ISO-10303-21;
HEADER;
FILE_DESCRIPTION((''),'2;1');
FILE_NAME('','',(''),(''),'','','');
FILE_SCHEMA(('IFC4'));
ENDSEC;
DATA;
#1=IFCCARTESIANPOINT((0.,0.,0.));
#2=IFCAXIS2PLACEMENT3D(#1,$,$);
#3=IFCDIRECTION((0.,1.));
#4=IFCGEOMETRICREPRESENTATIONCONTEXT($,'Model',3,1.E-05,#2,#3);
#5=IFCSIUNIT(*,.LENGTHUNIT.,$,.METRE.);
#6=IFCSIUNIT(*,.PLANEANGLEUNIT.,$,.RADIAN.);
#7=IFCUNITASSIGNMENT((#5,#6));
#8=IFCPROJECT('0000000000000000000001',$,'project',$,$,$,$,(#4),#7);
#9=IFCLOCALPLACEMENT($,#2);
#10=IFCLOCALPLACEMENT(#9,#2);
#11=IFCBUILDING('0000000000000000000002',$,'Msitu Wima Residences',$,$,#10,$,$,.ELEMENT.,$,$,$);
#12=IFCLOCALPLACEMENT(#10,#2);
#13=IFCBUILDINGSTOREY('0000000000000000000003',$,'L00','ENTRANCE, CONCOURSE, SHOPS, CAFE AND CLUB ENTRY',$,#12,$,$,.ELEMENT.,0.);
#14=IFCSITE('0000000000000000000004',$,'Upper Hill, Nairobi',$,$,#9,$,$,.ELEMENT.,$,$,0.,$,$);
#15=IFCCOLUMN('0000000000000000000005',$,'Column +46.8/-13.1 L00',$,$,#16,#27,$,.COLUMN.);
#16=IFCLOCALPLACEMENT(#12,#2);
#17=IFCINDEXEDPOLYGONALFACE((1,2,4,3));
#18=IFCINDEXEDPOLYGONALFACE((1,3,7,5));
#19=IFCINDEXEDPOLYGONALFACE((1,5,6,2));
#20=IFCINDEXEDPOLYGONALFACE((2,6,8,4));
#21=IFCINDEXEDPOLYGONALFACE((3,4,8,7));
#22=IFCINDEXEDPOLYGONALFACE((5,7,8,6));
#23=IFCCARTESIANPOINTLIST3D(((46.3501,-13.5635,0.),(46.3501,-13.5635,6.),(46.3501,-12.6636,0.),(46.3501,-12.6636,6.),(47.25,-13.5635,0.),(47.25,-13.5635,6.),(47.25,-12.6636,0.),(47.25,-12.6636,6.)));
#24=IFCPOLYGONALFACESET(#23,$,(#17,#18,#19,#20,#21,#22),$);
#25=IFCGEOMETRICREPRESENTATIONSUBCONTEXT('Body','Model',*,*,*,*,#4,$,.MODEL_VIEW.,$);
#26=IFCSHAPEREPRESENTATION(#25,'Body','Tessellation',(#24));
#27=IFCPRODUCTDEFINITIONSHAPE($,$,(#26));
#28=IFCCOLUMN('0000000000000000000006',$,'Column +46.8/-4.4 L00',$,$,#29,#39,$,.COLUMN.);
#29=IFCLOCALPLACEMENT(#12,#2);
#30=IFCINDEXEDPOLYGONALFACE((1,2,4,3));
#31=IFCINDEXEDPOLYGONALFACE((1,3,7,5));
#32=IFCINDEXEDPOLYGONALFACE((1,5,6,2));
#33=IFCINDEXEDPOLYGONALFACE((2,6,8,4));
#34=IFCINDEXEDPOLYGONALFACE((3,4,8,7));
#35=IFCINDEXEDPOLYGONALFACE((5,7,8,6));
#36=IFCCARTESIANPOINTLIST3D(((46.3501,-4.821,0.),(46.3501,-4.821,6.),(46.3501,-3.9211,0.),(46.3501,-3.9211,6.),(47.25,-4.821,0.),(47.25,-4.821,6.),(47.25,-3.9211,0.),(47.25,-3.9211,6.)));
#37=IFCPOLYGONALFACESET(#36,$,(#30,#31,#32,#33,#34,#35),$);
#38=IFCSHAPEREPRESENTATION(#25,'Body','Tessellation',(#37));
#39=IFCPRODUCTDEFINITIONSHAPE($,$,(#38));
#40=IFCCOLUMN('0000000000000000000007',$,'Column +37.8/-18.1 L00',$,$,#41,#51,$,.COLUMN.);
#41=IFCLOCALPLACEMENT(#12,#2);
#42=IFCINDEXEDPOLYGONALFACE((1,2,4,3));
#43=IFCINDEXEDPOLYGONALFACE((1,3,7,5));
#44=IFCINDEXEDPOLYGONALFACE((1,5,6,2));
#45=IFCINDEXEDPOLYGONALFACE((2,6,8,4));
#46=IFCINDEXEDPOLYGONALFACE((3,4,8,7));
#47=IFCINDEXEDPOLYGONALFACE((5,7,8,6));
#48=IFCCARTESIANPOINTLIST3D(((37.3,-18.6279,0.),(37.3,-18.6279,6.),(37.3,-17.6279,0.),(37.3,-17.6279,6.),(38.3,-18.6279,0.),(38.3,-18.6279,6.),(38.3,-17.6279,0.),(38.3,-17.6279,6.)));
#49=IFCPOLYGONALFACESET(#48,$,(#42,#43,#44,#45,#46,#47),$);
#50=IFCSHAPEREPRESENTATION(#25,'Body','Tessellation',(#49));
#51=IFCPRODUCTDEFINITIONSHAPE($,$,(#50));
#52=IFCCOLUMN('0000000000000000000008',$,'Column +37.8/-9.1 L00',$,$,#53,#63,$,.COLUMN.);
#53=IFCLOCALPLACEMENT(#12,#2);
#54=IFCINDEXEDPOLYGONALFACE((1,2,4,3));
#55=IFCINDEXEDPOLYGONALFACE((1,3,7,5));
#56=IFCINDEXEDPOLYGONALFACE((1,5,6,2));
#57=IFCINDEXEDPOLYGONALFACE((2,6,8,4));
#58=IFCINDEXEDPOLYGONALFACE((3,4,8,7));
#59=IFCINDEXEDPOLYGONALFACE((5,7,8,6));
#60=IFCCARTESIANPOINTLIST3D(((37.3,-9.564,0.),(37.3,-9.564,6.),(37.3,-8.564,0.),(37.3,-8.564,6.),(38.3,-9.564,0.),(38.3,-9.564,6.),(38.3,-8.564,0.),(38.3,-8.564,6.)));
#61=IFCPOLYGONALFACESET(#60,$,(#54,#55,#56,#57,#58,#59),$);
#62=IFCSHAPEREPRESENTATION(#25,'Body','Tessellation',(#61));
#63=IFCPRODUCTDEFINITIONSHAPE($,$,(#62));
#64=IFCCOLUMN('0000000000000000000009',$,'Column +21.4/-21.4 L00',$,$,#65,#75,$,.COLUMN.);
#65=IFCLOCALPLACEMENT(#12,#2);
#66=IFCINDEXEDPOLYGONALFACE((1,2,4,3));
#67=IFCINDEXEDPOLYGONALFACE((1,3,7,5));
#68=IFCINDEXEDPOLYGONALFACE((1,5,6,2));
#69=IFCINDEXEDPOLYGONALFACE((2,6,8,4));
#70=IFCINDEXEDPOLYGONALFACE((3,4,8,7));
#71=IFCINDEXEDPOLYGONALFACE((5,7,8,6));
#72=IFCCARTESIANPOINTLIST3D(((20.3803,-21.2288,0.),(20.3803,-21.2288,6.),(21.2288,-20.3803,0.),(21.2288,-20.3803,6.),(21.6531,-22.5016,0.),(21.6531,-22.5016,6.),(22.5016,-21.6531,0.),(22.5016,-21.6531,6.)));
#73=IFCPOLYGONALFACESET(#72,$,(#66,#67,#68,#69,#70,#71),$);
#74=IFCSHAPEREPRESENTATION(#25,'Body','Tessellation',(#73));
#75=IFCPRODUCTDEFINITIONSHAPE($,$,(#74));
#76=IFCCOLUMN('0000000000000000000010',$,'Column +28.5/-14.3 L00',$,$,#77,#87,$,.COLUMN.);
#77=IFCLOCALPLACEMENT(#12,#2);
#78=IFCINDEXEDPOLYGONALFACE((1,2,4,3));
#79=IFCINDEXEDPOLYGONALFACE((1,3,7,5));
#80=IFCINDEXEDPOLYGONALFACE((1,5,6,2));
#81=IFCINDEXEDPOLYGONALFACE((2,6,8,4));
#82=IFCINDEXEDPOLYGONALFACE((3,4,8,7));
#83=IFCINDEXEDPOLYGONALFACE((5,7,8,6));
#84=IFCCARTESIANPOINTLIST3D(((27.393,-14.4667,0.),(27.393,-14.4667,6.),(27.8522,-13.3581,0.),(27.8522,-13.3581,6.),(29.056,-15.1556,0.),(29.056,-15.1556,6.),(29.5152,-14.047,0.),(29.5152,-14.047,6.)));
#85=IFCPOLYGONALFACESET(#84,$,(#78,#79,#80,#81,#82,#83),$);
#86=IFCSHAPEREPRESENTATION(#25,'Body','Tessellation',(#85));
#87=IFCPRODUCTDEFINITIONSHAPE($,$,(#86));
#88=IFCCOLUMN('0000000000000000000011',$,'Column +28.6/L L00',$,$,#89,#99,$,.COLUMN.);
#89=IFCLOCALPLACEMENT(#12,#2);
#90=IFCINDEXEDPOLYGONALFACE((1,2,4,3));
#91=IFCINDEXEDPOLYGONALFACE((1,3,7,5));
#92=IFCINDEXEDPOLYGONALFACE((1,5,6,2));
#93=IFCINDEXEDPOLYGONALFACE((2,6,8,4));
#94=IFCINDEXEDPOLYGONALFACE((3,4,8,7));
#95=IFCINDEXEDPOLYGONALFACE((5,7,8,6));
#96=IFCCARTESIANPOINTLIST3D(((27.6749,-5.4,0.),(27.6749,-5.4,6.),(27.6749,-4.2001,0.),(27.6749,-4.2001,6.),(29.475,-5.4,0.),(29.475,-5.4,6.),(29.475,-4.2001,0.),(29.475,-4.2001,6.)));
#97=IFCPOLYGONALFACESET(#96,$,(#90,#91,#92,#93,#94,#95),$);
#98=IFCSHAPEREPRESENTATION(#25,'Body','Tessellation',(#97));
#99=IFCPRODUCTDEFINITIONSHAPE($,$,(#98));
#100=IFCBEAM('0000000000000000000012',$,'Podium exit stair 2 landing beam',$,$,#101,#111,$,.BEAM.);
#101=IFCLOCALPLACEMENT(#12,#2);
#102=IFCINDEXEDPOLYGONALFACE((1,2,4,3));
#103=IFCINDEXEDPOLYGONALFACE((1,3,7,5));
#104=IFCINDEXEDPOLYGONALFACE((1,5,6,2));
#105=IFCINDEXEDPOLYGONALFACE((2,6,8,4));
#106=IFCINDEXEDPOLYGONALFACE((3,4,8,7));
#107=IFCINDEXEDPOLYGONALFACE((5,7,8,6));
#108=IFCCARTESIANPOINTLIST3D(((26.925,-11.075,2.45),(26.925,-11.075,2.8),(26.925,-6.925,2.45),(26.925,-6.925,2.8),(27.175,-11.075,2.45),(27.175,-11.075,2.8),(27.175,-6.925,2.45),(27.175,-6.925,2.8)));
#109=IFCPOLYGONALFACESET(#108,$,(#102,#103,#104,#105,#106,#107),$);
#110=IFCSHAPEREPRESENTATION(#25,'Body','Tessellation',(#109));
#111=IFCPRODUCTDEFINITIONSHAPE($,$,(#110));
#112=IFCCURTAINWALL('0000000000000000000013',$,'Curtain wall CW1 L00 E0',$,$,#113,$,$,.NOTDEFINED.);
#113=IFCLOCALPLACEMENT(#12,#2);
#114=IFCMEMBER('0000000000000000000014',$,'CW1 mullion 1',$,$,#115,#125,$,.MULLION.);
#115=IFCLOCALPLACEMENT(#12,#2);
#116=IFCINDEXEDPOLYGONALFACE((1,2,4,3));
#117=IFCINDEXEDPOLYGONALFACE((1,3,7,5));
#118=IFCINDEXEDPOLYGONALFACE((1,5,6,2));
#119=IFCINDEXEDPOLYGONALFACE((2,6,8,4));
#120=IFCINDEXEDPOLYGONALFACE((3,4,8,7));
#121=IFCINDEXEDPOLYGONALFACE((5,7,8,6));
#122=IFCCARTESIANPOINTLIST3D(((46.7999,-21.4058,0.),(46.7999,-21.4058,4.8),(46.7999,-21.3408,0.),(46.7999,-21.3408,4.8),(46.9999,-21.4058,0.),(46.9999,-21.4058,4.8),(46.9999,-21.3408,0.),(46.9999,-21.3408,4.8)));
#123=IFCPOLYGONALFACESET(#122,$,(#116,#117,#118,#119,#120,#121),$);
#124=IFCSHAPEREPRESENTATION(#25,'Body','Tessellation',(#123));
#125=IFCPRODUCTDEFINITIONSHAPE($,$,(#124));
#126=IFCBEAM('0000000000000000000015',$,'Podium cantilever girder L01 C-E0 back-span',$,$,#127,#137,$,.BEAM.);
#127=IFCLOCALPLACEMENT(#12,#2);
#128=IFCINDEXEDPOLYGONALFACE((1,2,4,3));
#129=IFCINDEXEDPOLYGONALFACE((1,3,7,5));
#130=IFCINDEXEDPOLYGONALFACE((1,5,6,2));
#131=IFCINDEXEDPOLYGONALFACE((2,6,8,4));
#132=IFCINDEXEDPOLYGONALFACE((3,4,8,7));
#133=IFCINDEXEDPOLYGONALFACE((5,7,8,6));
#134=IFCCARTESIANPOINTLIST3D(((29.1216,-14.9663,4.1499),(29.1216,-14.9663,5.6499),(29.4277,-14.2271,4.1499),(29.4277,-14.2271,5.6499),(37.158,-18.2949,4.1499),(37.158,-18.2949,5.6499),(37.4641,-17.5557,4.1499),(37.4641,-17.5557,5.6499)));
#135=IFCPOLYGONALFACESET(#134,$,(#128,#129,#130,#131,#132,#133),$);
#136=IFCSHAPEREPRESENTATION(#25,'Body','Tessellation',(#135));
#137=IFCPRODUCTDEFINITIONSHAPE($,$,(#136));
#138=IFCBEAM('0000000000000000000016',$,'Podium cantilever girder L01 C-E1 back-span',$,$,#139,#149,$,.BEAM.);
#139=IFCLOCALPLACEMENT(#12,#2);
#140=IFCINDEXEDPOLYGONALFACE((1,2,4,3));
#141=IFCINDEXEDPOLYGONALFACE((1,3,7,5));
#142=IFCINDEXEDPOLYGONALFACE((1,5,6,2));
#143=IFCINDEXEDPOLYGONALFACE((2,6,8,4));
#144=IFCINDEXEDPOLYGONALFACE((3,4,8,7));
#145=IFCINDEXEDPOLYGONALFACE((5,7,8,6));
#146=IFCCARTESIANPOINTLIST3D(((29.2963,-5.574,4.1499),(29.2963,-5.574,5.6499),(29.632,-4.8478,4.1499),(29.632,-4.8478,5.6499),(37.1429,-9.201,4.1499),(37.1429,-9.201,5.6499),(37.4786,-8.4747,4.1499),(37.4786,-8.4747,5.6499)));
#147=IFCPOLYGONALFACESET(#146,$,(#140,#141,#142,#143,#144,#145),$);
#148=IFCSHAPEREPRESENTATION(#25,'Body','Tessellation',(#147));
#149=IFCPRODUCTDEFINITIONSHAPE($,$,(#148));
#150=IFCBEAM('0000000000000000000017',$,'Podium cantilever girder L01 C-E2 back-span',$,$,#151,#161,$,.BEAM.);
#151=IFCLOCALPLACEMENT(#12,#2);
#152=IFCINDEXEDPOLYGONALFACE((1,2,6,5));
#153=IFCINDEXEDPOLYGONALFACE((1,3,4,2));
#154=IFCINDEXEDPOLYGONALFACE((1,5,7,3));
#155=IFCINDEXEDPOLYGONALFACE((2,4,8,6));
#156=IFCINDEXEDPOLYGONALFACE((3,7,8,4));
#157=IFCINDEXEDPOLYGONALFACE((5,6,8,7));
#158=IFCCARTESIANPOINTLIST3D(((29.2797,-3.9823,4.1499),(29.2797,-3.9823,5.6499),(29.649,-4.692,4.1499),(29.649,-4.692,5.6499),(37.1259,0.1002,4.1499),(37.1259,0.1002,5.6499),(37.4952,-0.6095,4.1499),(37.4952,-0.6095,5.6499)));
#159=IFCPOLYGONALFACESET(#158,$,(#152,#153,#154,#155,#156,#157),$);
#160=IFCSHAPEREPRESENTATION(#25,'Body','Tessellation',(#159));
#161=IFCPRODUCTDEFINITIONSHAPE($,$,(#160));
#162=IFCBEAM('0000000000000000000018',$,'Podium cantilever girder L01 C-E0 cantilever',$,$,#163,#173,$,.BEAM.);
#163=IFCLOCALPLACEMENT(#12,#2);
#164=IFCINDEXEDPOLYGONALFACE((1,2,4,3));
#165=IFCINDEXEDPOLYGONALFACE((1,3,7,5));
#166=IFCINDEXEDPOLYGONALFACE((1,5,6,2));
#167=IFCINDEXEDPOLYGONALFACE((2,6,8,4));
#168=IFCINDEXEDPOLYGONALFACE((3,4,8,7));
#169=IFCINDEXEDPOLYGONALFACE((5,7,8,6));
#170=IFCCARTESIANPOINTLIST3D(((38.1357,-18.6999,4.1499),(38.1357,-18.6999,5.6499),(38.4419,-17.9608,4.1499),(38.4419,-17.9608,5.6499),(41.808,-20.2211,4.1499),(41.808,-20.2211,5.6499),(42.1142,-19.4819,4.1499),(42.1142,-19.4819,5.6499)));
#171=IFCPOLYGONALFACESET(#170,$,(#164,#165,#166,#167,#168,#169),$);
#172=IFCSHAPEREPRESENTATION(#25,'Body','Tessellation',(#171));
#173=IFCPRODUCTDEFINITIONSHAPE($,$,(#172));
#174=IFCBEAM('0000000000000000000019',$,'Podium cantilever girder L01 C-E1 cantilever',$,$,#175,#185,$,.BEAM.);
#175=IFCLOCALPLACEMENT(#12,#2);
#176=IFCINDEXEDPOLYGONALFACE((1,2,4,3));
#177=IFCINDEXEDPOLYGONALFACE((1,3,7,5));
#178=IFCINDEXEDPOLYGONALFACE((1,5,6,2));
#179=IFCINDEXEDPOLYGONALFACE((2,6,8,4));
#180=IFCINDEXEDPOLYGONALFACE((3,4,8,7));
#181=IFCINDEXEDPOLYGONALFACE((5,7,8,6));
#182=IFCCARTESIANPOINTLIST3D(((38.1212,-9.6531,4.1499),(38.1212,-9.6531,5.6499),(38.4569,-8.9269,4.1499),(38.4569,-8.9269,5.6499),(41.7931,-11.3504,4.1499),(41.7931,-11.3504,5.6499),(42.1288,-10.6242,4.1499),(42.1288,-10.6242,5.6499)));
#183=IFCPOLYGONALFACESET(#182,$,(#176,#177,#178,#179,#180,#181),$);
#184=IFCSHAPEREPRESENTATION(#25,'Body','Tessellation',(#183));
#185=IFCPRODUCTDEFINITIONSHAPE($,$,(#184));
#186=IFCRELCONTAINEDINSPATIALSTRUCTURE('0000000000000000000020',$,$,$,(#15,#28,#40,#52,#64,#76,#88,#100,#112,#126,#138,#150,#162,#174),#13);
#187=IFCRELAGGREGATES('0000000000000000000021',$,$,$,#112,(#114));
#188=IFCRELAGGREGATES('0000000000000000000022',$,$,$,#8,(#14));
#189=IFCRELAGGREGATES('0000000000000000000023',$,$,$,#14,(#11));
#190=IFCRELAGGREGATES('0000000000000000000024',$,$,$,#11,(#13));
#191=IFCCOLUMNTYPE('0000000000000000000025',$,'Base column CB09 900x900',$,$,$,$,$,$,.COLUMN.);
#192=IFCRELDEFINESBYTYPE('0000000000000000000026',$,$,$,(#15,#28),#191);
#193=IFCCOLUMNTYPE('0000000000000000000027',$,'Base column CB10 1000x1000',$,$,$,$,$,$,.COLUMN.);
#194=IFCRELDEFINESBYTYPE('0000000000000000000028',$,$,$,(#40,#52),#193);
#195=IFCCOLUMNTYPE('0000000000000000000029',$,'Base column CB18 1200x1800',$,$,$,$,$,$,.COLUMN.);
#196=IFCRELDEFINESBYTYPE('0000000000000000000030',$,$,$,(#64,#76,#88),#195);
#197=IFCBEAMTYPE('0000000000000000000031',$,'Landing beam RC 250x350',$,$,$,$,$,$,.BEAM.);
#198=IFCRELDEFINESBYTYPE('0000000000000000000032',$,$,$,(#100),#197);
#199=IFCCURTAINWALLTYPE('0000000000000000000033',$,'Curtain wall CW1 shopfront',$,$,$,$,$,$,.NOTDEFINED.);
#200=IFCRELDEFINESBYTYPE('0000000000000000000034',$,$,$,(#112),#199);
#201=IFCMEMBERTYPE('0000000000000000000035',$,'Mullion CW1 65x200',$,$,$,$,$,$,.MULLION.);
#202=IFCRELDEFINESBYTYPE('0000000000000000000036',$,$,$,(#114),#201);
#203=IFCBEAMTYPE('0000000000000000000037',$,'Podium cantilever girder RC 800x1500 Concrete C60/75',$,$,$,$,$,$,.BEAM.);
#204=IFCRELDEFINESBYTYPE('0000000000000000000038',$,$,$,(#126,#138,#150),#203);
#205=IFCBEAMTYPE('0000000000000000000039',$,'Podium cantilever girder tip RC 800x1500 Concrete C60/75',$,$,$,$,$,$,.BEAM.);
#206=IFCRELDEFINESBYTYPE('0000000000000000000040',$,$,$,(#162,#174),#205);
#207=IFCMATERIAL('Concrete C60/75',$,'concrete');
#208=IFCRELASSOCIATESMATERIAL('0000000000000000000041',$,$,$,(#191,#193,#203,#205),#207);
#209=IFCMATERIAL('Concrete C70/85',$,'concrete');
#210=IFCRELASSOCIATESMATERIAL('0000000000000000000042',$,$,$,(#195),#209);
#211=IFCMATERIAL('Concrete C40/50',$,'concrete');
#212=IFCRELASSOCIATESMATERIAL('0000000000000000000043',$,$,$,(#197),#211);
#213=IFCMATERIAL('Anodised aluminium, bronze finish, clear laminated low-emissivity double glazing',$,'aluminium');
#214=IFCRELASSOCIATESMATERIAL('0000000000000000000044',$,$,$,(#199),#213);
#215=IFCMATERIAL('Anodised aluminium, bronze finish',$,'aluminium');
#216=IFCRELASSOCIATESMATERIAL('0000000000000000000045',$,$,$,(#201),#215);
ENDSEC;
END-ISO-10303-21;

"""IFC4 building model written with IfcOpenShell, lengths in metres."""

from ifc_helpers import new_model, si_unit, direction, frame, origin, origin_2d, place, context, subcontext, project, spatial, rectangle, extrude, material, material_profile, profile_set, type_object, element, aggregate, save


model = new_model("IFC4")

# Units and contexts
model_context = context("Model", 3, precision=1e-05, world=origin(), true_north=direction((0.0, 1.0)))
body_context = subcontext(model_context, "Body", "Model", "MODEL_VIEW")
ifc_project = project(units=[si_unit("LENGTHUNIT", "METRE"), si_unit("PLANEANGLEUNIT", "RADIAN")], contexts=[model_context])

# Site, building, storey
site_placement = place(None, origin())
site = spatial("IfcSite", under=ifc_project, at=site_placement, Name="Upper Hill, Nairobi", CompositionType="ELEMENT", RefElevation=0.0)
building_placement = place(site_placement, origin())
building = spatial("IfcBuilding", under=site, at=building_placement, Name="Msitu Wima Residences", CompositionType="ELEMENT")
storey_placement = place(building_placement, origin())
storey = spatial("IfcBuildingStorey", under=building, at=storey_placement, Name="L00", Description="ENTRANCE, CONCOURSE, SHOPS, CAFE AND CLUB ENTRY", CompositionType="ELEMENT", Elevation=0.0)

# Columns
ifc_material_1 = material(Name="Concrete C60/75", Category="concrete")
ifc_material_profile_1 = material_profile(ifc_material_1, rectangle(XDim=0.8999, YDim=0.8999, at=origin_2d()), Name="RC 900x900")
ifc_profile_set_1 = profile_set([ifc_material_profile_1], Name="Concrete C60/75")
column_type_1 = type_object("IfcColumnType", Name="Base column CB09 900x900", PredefinedType="COLUMN", material=ifc_profile_set_1)
for number, where, z_axis, x_axis, name in (
    (1, (46.8, -13.1135, 0.0), (0.0, 0.0, 1.0), (1.0, 0.0, 0.0), "Column +46.8/-13.1 L00"),
    (2, (46.8, -4.3711, 0.0), (0.0, 0.0, 1.0), (1.0, 0.0, 0.0), "Column +46.8/-4.4 L00"),
):
    element("IfcColumn", number, at=place(storey_placement, frame(where, z_axis=z_axis, x_axis=x_axis)), inside=storey, type_object=column_type_1, Name=name, PredefinedType="COLUMN", context=body_context, shape_type="SweptSolid", body=[
        extrude(rectangle(XDim=0.8999, YDim=0.8999, at=origin_2d()), origin(), (0.0, 0.0, 1.0), 6.0),
    ])
ifc_material_profile_2 = material_profile(ifc_material_1, rectangle(XDim=1.0, YDim=1.0, at=origin_2d()), Name="RC 1000x1000")
ifc_profile_set_2 = profile_set([ifc_material_profile_2], Name="Concrete C60/75")
column_type_2 = type_object("IfcColumnType", Name="Base column CB10 1000x1000", PredefinedType="COLUMN", material=ifc_profile_set_2)
for number, where, z_axis, x_axis, name in (
    (3, (37.8, -18.1279, 0.0), (0.0, 0.0, 1.0), (1.0, 0.0, 0.0), "Column +37.8/-18.1 L00"),
    (4, (37.8, -9.064, 0.0), (0.0, 0.0, 1.0), (1.0, 0.0, 0.0), "Column +37.8/-9.1 L00"),
):
    element("IfcColumn", number, at=place(storey_placement, frame(where, z_axis=z_axis, x_axis=x_axis)), inside=storey, type_object=column_type_2, Name=name, PredefinedType="COLUMN", context=body_context, shape_type="SweptSolid", body=[
        extrude(rectangle(XDim=1.0, YDim=1.0, at=origin_2d()), origin(), (0.0, 0.0, 1.0), 6.0),
    ])
ifc_material_2 = material(Name="Concrete C70/85", Category="concrete")
ifc_material_profile_3 = material_profile(ifc_material_2, rectangle(XDim=1.2, YDim=1.8, at=origin_2d()), Name="RC 1200x1800")
ifc_profile_set_3 = profile_set([ifc_material_profile_3], Name="Concrete C70/85")
column_type_3 = type_object("IfcColumnType", Name="Base column CB18 1200x1800", PredefinedType="COLUMN", material=ifc_profile_set_3)
for number, where, z_axis, x_axis, name in (
    (5, (21.4409, -21.4409, 0.0), (0.0, 0.0, 1.0), (0.707107, 0.707107, 0.0), "Column +21.4/-21.4 L00"),
    (6, (28.4541, -14.2568, 0.0), (0.0, 0.0, 1.0), (0.382683, 0.92388, 0.0), "Column +28.5/-14.3 L00"),
    (7, (28.575, -4.8, 0.0), (0.0, 0.0, 1.0), (0.0, 1.0, 0.0), "Column +28.6/L L00"),
):
    element("IfcColumn", number, at=place(storey_placement, frame(where, z_axis=z_axis, x_axis=x_axis)), inside=storey, type_object=column_type_3, Name=name, PredefinedType="COLUMN", context=body_context, shape_type="SweptSolid", body=[
        extrude(rectangle(XDim=1.2, YDim=1.8, at=origin_2d()), origin(), (0.0, 0.0, 1.0), 6.0),
    ])

# Beam
ifc_material_3 = material(Name="Concrete C40/50", Category="concrete")
ifc_material_profile_4 = material_profile(ifc_material_3, rectangle(XDim=0.25, YDim=0.3501, at=origin_2d()), Name="RC 250x350")
ifc_profile_set_4 = profile_set([ifc_material_profile_4], Name="Concrete C40/50")
beam_type_1 = type_object("IfcBeamType", Name="Landing beam RC 250x350", PredefinedType="BEAM", material=ifc_profile_set_4)
beam_1_placement = place(storey_placement, frame((27.05, -6.925, 2.625), z_axis=(0.0, -1.0, 0.0), x_axis=(1.0, 0.0, 0.0)))
element("IfcBeam", 8, at=beam_1_placement, inside=storey, type_object=beam_type_1, Name="Podium exit stair 2 landing beam", PredefinedType="BEAM", context=body_context, shape_type="SweptSolid", body=[
    extrude(rectangle(XDim=0.25, YDim=0.3501, at=origin_2d()), origin(), (0.0, 0.0, 1.0), 4.1499),
])

# Curtain wall, member
ifc_material_4 = material(Name="Anodised aluminium, bronze finish, clear laminated low-emissivity double glazing", Category="aluminium")
curtain_wall_type = type_object("IfcCurtainWallType", Name="Curtain wall CW1 shopfront", PredefinedType="NOTDEFINED", material=ifc_material_4)
curtain_wall_placement = place(storey_placement, origin())
curtain_wall = element("IfcCurtainWall", 9, at=curtain_wall_placement, inside=storey, type_object=curtain_wall_type, Name="Curtain wall CW1 L00 E0", PredefinedType="NOTDEFINED")
ifc_material_5 = material(Name="Anodised aluminium, bronze finish", Category="aluminium")
ifc_material_profile_5 = material_profile(ifc_material_5, rectangle(XDim=0.2, YDim=0.0649, at=origin_2d()), Name="Mullion 65x200")
ifc_profile_set_5 = profile_set([ifc_material_profile_5], Name="Anodised aluminium, bronze finish")
member_type_1 = type_object("IfcMemberType", Name="Mullion CW1 65x200", PredefinedType="MULLION", material=ifc_profile_set_5)
member_1_placement = place(storey_placement, frame((46.8999, -21.3733, 0.0), z_axis=(0.0, 0.0, 1.0), x_axis=(-1.0, 0.0, 0.0)))
member_1 = element("IfcMember", 10, at=member_1_placement, type_object=member_type_1, Name="CW1 mullion 1", PredefinedType="MULLION", context=body_context, shape_type="SweptSolid", body=[
    extrude(rectangle(XDim=0.2, YDim=0.0649, at=origin_2d()), origin(), (0.0, 0.0, 1.0), 4.8),
])

# Beams
ifc_material_profile_6 = material_profile(ifc_material_1, rectangle(XDim=0.8, YDim=1.5, at=origin_2d()), Name="RC 800x1500")
ifc_profile_set_6 = profile_set([ifc_material_profile_6], Name="Concrete C60/75")
beam_type_2 = type_object("IfcBeamType", Name="Podium cantilever girder RC 800x1500 Concrete C60/75", PredefinedType="BEAM", material=ifc_profile_set_6)
beam_2_placement = place(storey_placement, frame((29.2747, -14.5967, 4.8999), z_axis=(0.923886, -0.382667, 0.0), x_axis=(0.382667, 0.923886, 0.0)))
element("IfcBeam", 11, at=beam_2_placement, inside=storey, type_object=beam_type_2, Name="Podium cantilever girder L01 C-E0 back-span", PredefinedType="BEAM", context=body_context, shape_type="SweptSolid", body=[
    extrude(rectangle(XDim=0.8, YDim=1.5, at=origin_2d()), origin(), (0.0, 0.0, 1.0), 8.6985),
])
beam_3_placement = place(storey_placement, frame((29.4641, -5.2109, 4.8999), z_axis=(0.907721, -0.419574, 0.0), x_axis=(0.419574, 0.907721, 0.0)))
element("IfcBeam", 12, at=beam_3_placement, inside=storey, type_object=beam_type_2, Name="Podium cantilever girder L01 C-E1 back-span", PredefinedType="BEAM", context=body_context, shape_type="SweptSolid", body=[
    extrude(rectangle(XDim=0.8, YDim=1.5, at=origin_2d()), origin(), (0.0, 0.0, 1.0), 8.6443),
])
beam_4_placement = place(storey_placement, frame((29.4644, -4.3372, 4.8999), z_axis=(0.887101, 0.461575, 0.0), x_axis=(-0.461575, 0.887101, 0.0)))
element("IfcBeam", 13, at=beam_4_placement, inside=storey, type_object=beam_type_2, Name="Podium cantilever girder L01 C-E2 back-span", PredefinedType="BEAM", context=body_context, shape_type="SweptSolid", body=[
    extrude(rectangle(XDim=0.8, YDim=1.5, at=origin_2d()), origin(), (0.0, 0.0, 1.0), 8.8447),
])
ifc_material_profile_7 = material_profile(ifc_material_1, rectangle(XDim=0.8, YDim=1.5, at=origin_2d()), Name="RC 800x1500")
ifc_profile_set_7 = profile_set([ifc_material_profile_7], Name="Concrete C60/75")
beam_type_3 = type_object("IfcBeamType", Name="Podium cantilever girder tip RC 800x1500 Concrete C60/75", PredefinedType="BEAM", material=ifc_profile_set_7)
beam_5_placement = place(storey_placement, frame((38.2888, -18.3303, 4.8999), z_axis=(0.923871, -0.382704, 0.0), x_axis=(0.382704, 0.923871, 0.0)))
element("IfcBeam", 14, at=beam_5_placement, inside=storey, type_object=beam_type_3, Name="Podium cantilever girder L01 C-E0 cantilever", PredefinedType="BEAM", context=body_context, shape_type="SweptSolid", body=[
    extrude(rectangle(XDim=0.8, YDim=1.5, at=origin_2d()), origin(), (0.0, 0.0, 1.0), 3.9749),
])
beam_6_placement = place(storey_placement, frame((38.2891, -9.29, 4.8999), z_axis=(0.907719, -0.419579, 0.0), x_axis=(0.419579, 0.907719, 0.0)))
element("IfcBeam", 15, at=beam_6_placement, inside=storey, type_object=beam_type_3, Name="Podium cantilever girder L01 C-E1 cantilever", PredefinedType="BEAM", context=body_context, shape_type="SweptSolid", body=[
    extrude(rectangle(XDim=0.8, YDim=1.5, at=origin_2d()), origin(), (0.0, 0.0, 1.0), 4.0452),
])

aggregate(curtain_wall, [member_1])

save(model, "model.ifc")
